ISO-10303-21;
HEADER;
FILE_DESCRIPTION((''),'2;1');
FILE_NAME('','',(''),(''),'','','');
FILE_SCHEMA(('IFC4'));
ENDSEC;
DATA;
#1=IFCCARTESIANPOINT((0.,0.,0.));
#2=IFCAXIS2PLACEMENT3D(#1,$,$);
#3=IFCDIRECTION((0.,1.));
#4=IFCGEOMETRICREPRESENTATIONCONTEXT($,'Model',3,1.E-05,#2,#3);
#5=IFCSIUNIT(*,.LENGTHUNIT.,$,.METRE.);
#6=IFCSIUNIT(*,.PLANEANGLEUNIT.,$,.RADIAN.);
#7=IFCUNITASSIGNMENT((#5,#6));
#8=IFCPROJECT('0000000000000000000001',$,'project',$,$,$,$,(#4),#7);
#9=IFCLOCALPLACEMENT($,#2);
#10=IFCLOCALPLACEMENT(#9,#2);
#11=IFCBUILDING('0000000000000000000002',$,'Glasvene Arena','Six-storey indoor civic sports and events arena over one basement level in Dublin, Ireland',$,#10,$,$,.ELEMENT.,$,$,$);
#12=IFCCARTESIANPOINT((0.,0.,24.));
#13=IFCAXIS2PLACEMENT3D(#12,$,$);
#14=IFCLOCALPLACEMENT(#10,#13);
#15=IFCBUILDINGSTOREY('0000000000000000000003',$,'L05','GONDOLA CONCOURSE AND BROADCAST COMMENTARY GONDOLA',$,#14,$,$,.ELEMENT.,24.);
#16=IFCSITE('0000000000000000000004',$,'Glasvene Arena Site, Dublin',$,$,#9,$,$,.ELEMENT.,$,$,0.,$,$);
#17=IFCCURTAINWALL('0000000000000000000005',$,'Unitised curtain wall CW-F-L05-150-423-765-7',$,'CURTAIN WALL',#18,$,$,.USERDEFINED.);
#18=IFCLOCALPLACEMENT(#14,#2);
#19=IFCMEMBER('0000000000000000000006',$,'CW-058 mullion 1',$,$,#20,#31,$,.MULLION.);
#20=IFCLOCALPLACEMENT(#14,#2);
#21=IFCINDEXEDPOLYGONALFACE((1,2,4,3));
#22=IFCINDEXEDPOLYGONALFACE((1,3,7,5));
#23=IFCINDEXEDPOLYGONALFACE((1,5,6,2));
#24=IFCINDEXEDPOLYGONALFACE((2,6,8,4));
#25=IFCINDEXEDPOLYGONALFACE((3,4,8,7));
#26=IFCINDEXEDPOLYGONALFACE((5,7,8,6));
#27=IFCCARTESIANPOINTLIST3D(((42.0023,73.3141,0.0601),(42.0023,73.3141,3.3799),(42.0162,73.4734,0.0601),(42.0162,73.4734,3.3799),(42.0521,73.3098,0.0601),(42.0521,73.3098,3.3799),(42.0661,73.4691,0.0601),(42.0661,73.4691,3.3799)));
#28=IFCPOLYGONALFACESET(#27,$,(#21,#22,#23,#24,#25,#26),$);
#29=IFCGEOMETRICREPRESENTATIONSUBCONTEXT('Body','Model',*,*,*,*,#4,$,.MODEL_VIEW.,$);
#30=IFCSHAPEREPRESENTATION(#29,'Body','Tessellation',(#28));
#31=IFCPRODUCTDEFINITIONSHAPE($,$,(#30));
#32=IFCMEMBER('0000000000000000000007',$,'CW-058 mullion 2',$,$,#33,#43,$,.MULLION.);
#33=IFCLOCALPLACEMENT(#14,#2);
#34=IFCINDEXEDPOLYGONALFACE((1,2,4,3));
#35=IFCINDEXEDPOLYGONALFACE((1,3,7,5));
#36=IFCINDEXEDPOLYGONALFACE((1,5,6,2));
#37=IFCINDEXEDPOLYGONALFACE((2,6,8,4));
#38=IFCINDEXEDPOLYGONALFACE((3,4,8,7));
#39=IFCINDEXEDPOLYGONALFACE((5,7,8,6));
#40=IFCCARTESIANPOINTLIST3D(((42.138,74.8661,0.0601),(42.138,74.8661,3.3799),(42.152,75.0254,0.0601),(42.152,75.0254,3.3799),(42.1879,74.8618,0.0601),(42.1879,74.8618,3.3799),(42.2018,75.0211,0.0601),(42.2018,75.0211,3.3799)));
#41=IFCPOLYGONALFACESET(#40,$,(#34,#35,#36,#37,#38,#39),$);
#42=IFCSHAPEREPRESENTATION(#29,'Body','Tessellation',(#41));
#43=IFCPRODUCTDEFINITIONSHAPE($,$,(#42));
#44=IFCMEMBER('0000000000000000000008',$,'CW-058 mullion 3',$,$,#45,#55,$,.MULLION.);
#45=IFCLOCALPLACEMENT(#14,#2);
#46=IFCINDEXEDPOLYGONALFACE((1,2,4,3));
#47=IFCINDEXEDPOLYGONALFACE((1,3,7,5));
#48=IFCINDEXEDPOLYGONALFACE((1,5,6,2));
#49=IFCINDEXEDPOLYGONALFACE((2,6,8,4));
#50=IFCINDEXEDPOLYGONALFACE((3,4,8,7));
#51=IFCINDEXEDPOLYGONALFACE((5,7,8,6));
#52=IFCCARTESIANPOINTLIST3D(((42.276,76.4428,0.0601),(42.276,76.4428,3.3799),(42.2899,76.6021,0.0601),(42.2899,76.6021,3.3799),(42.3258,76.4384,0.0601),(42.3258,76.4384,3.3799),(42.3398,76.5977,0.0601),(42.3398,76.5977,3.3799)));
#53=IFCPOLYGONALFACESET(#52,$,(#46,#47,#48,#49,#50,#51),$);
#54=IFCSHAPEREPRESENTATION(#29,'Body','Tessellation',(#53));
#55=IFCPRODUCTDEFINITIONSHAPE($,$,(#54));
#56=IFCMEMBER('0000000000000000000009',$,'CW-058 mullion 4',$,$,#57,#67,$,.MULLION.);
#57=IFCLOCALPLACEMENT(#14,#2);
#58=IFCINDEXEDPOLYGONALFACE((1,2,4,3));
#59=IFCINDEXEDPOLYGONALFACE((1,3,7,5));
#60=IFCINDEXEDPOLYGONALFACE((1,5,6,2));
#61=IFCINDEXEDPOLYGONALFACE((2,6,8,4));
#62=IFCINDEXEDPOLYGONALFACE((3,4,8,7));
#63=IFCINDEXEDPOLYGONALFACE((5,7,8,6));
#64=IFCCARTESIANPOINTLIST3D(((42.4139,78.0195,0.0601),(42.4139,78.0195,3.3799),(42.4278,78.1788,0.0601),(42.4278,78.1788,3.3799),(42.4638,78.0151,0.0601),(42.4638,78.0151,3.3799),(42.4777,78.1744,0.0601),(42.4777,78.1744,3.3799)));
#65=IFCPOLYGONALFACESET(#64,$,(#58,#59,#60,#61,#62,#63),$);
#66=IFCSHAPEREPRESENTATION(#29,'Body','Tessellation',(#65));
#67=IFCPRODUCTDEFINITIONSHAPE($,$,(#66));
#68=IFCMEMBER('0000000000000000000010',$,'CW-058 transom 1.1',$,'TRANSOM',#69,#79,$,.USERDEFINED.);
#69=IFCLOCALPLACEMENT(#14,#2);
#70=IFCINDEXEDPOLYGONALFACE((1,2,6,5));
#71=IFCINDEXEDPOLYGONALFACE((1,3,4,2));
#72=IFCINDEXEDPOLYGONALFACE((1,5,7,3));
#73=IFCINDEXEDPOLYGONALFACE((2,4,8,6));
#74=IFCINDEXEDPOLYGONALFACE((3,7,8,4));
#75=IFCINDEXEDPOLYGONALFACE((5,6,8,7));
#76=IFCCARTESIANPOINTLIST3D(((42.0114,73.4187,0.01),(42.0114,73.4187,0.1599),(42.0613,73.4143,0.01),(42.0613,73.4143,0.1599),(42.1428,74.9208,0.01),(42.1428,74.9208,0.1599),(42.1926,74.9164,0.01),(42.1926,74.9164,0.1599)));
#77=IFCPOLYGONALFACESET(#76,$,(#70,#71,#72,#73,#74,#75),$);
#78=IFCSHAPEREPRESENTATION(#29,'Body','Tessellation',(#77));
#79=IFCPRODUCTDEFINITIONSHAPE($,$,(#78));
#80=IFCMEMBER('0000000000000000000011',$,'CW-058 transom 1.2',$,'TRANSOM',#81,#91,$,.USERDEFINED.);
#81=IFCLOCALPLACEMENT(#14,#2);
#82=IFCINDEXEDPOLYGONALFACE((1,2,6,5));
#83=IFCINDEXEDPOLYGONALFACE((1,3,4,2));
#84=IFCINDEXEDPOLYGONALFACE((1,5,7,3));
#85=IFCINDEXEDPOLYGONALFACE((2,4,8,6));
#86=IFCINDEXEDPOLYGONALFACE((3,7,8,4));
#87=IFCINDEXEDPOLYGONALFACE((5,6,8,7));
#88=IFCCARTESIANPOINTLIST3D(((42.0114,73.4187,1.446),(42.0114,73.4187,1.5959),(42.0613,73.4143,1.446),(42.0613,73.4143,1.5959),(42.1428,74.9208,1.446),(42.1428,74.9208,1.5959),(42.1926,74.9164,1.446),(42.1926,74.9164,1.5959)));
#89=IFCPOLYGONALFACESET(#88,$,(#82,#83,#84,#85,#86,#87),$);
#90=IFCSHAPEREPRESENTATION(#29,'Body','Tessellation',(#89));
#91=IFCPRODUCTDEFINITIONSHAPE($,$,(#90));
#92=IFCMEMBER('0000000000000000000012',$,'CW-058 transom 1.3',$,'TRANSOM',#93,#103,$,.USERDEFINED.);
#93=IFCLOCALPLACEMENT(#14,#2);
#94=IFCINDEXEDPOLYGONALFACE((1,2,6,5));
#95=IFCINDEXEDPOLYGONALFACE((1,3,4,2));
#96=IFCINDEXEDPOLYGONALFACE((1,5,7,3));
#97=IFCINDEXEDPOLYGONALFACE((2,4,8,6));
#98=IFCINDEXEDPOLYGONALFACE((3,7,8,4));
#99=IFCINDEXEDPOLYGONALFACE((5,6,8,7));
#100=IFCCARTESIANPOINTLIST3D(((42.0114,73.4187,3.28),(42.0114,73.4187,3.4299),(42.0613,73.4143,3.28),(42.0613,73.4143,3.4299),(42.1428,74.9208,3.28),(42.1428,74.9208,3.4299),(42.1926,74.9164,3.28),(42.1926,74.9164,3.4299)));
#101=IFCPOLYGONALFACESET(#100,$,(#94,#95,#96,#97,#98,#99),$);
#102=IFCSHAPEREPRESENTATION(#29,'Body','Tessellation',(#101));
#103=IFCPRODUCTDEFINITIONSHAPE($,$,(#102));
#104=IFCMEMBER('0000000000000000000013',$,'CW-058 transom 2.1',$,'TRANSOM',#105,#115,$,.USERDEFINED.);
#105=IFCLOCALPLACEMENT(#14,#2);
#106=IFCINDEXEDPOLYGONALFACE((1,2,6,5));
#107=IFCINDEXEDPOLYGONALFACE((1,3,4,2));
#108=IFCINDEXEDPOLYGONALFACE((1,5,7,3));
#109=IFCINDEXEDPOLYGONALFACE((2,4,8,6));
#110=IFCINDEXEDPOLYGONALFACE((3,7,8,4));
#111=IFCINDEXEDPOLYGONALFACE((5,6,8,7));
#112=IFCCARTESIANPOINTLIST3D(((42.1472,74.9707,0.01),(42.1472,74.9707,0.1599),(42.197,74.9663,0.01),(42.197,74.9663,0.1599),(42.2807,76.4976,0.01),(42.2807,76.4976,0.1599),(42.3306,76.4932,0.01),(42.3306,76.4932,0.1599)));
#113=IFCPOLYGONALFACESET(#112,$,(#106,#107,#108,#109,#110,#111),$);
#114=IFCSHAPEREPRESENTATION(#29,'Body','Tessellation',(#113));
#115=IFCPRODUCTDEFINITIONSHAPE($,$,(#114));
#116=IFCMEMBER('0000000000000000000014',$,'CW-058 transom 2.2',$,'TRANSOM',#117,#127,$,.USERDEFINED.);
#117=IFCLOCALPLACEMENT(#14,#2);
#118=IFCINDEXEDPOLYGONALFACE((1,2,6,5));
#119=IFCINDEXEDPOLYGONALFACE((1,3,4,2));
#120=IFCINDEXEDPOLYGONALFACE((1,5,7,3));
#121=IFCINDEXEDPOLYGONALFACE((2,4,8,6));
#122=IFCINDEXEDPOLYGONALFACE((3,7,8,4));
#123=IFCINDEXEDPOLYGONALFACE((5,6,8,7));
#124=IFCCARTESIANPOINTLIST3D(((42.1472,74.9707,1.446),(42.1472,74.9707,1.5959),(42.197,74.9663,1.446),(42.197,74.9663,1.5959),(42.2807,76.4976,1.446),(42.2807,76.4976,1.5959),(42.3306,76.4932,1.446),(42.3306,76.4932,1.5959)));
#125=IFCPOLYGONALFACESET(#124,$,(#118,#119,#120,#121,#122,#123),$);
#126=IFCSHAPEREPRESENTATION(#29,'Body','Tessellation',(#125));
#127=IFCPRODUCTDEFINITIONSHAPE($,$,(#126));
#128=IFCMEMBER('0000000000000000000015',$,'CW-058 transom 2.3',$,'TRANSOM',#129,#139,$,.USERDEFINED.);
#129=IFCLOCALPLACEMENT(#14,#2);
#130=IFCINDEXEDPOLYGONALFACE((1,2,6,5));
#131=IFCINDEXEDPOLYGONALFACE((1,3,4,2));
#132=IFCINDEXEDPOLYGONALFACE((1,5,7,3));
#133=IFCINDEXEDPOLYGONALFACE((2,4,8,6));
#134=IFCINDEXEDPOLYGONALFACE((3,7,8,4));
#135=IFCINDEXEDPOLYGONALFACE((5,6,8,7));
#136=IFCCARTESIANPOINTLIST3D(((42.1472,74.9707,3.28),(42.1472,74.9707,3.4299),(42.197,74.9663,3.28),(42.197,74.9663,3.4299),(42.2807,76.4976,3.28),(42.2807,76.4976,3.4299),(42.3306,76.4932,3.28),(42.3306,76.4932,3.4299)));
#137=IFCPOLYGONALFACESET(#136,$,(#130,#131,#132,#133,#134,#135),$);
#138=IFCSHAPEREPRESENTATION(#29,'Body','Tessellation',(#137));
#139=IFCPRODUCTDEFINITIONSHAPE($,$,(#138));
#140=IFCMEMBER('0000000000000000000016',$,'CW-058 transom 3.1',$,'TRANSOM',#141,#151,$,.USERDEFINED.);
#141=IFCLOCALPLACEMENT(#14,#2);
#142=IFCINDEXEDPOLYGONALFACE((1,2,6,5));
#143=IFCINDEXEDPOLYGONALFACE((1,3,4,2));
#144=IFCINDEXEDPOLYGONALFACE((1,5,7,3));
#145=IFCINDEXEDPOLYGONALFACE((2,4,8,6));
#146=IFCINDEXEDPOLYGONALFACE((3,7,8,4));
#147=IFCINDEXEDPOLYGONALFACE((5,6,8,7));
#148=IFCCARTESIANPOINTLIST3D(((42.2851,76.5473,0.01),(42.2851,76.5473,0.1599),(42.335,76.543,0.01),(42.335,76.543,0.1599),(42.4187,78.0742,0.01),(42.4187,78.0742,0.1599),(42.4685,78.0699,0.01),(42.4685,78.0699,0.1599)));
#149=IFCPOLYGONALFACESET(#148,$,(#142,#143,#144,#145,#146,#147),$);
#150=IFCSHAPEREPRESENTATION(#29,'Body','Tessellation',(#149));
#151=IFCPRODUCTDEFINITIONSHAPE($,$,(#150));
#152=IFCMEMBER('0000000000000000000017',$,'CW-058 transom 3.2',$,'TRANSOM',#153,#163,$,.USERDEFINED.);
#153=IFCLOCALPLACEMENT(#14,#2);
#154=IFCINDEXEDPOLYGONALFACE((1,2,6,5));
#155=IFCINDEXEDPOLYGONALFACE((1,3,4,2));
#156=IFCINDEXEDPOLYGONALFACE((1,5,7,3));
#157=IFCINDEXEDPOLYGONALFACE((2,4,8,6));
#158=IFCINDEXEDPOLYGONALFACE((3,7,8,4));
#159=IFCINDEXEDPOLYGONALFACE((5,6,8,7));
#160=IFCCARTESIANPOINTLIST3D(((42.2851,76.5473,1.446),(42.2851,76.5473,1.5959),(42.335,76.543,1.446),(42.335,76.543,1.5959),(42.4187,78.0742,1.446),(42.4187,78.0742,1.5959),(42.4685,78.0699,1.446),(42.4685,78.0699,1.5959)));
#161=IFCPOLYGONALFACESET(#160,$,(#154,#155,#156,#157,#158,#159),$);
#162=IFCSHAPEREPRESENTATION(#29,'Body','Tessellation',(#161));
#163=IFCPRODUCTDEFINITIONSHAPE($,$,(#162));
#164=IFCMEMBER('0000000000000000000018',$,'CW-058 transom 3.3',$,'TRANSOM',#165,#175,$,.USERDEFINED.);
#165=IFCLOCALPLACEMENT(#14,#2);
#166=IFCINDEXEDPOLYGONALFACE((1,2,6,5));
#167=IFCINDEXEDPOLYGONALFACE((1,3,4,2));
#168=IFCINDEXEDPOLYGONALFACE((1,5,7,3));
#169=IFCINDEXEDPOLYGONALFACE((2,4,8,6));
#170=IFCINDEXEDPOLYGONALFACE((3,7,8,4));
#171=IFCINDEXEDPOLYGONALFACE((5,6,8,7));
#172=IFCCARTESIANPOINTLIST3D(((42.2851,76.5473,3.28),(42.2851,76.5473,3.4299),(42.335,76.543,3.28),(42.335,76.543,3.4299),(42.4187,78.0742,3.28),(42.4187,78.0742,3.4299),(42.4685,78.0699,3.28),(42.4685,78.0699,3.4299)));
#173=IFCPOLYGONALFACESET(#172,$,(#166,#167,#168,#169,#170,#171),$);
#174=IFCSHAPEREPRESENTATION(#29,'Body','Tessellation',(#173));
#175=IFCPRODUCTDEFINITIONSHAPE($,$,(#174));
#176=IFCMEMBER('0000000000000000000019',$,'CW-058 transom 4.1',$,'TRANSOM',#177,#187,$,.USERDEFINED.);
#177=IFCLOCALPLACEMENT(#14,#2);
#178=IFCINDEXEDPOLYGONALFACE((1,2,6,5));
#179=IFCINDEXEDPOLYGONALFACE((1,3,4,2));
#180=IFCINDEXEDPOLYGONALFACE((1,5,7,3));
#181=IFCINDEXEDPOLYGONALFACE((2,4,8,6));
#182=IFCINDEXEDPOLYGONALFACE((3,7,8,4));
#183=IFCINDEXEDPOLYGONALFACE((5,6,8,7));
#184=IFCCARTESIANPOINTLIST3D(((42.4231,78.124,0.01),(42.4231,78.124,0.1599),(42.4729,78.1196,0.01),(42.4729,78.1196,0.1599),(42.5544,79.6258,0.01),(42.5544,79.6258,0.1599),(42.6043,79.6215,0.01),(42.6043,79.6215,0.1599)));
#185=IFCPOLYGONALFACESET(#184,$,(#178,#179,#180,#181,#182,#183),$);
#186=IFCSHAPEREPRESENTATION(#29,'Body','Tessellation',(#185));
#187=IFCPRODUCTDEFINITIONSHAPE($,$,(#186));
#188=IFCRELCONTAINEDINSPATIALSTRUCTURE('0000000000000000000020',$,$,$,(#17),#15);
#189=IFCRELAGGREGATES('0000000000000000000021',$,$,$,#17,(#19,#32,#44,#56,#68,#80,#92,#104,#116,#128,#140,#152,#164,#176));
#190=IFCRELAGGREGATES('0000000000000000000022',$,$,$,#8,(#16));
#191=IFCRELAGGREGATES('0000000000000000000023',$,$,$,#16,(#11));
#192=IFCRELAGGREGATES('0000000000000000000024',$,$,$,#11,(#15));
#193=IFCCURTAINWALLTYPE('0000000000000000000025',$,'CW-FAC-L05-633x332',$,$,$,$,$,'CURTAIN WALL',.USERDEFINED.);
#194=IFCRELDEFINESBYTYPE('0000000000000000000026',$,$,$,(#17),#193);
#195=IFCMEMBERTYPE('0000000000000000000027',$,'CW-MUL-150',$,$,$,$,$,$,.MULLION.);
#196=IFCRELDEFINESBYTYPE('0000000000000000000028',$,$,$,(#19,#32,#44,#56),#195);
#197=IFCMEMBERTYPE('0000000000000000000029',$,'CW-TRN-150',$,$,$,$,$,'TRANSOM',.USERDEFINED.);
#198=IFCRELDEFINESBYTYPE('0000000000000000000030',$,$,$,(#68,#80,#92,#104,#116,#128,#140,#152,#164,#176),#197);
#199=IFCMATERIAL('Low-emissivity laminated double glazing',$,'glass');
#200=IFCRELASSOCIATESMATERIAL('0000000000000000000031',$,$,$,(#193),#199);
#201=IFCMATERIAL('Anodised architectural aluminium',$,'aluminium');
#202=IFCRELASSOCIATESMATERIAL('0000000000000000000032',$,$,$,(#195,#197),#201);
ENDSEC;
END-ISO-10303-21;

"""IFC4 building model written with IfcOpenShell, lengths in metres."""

from ifc_helpers import new_model, si_unit, direction, frame, origin, origin_2d, place, context, subcontext, project, spatial, rectangle, extrude, material, material_profile, profile_set, type_object, element, aggregate, save


model = new_model("IFC4")

# Units and contexts
model_context = context("Model", 3, precision=1e-05, world=origin(), true_north=direction((0.0, 1.0)))
body_context = subcontext(model_context, "Body", "Model", "MODEL_VIEW")
ifc_project = project(units=[si_unit("LENGTHUNIT", "METRE"), si_unit("PLANEANGLEUNIT", "RADIAN")], contexts=[model_context])

# Site, building, storey
site_placement = place(None, origin())
site = spatial("IfcSite", under=ifc_project, at=site_placement, Name="Glasvene Arena Site, Dublin", CompositionType="ELEMENT", RefElevation=0.0)
building_placement = place(site_placement, origin())
building = spatial("IfcBuilding", under=site, at=building_placement, Name="Glasvene Arena", Description="Six-storey indoor civic sports and events arena over one basement level in Dublin, Ireland", CompositionType="ELEMENT")
storey_placement = place(building_placement, frame((0.0, 0.0, 24.0)))
storey = spatial("IfcBuildingStorey", under=building, at=storey_placement, Name="L05", Description="GONDOLA CONCOURSE AND BROADCAST COMMENTARY GONDOLA", CompositionType="ELEMENT", Elevation=24.0)

# Curtain wall, members
ifc_material_1 = material(Name="Low-emissivity laminated double glazing", Category="glass")
curtain_wall_type = type_object("IfcCurtainWallType", Name="CW-FAC-L05-633x332", ElementType="CURTAIN WALL", PredefinedType="USERDEFINED", material=ifc_material_1)
curtain_wall_placement = place(storey_placement, frame((42.032, 73.3667, 0.0)))
curtain_wall = element("IfcCurtainWall", 1, at=curtain_wall_placement, inside=storey, type_object=curtain_wall_type, Name="Unitised curtain wall CW-F-L05-150-423-765-7", ObjectType="CURTAIN WALL", PredefinedType="USERDEFINED")
ifc_material_2 = material(Name="Anodised architectural aluminium", Category="aluminium")
ifc_material_profile_1 = material_profile(ifc_material_2, rectangle(XDim=0.05, YDim=0.1599, at=origin_2d()), Name="ALU MULLION 50x160")
ifc_profile_set_1 = profile_set([ifc_material_profile_1], Name="Anodised architectural aluminium")
member_type_1 = type_object("IfcMemberType", Name="CW-MUL-150", PredefinedType="MULLION", material=ifc_profile_set_1)
member_1_placement = place(storey_placement, frame((42.0342, 73.3916, 0.0601), z_axis=(0.0, 0.0, 1.0), x_axis=(-0.996198, 0.087113, 0.0)))
member_1 = element("IfcMember", 2, at=member_1_placement, type_object=member_type_1, Name="CW-058 mullion 1", PredefinedType="MULLION", context=body_context, shape_type="SweptSolid", body=[
    extrude(rectangle(XDim=0.05, YDim=0.1599, at=origin_2d()), origin(), (0.0, 0.0, 1.0), 3.3198),
])
member_2_placement = place(storey_placement, frame((42.1699, 74.9436, 0.0601), z_axis=(0.0, 0.0, 1.0), x_axis=(-0.996198, 0.087113, 0.0)))
member_2 = element("IfcMember", 3, at=member_2_placement, type_object=member_type_1, Name="CW-058 mullion 2", PredefinedType="MULLION", context=body_context, shape_type="SweptSolid", body=[
    extrude(rectangle(XDim=0.05, YDim=0.1599, at=origin_2d()), origin(), (0.0, 0.0, 1.0), 3.3198),
])
member_3_placement = place(storey_placement, frame((42.3079, 76.5203, 0.0601), z_axis=(0.0, 0.0, 1.0), x_axis=(-0.996198, 0.087113, 0.0)))
member_3 = element("IfcMember", 4, at=member_3_placement, type_object=member_type_1, Name="CW-058 mullion 3", PredefinedType="MULLION", context=body_context, shape_type="SweptSolid", body=[
    extrude(rectangle(XDim=0.05, YDim=0.1599, at=origin_2d()), origin(), (0.0, 0.0, 1.0), 3.3198),
])
member_4_placement = place(storey_placement, frame((42.4458, 78.0969, 0.0601), z_axis=(0.0, 0.0, 1.0), x_axis=(-0.996198, 0.087113, 0.0)))
member_4 = element("IfcMember", 5, at=member_4_placement, type_object=member_type_1, Name="CW-058 mullion 4", PredefinedType="MULLION", context=body_context, shape_type="SweptSolid", body=[
    extrude(rectangle(XDim=0.05, YDim=0.1599, at=origin_2d()), origin(), (0.0, 0.0, 1.0), 3.3198),
])
ifc_material_profile_2 = material_profile(ifc_material_2, rectangle(XDim=0.05, YDim=0.1499, at=origin_2d()), Name="ALU TRANSOM 50x150")
ifc_profile_set_2 = profile_set([ifc_material_profile_2], Name="Anodised architectural aluminium")
member_type_2 = type_object("IfcMemberType", Name="CW-TRN-150", ElementType="TRANSOM", PredefinedType="USERDEFINED", material=ifc_profile_set_2)
member_5_placement = place(storey_placement, frame((42.0364, 73.4165, 0.085), z_axis=(0.087105, 0.996199, 0.0), x_axis=(-0.996199, 0.087105, 0.0)))
member_5 = element("IfcMember", 6, at=member_5_placement, type_object=member_type_2, Name="CW-058 transom 1.1", ObjectType="TRANSOM", PredefinedType="USERDEFINED", context=body_context, shape_type="SweptSolid", body=[
    extrude(rectangle(XDim=0.05, YDim=0.1499, at=origin_2d()), origin(), (0.0, 0.0, 1.0), 1.5078),
])
member_6_placement = place(storey_placement, frame((42.0364, 73.4165, 1.521), z_axis=(0.087105, 0.996199, 0.0), x_axis=(-0.996199, 0.087105, 0.0)))
member_6 = element("IfcMember", 7, at=member_6_placement, type_object=member_type_2, Name="CW-058 transom 1.2", ObjectType="TRANSOM", PredefinedType="USERDEFINED", context=body_context, shape_type="SweptSolid", body=[
    extrude(rectangle(XDim=0.05, YDim=0.1499, at=origin_2d()), origin(), (0.0, 0.0, 1.0), 1.5078),
])
member_7_placement = place(storey_placement, frame((42.0364, 73.4165, 3.355), z_axis=(0.087105, 0.996199, 0.0), x_axis=(-0.996199, 0.087105, 0.0)))
member_7 = element("IfcMember", 8, at=member_7_placement, type_object=member_type_2, Name="CW-058 transom 1.3", ObjectType="TRANSOM", PredefinedType="USERDEFINED", context=body_context, shape_type="SweptSolid", body=[
    extrude(rectangle(XDim=0.05, YDim=0.1499, at=origin_2d()), origin(), (0.0, 0.0, 1.0), 1.5078),
])
member_8_placement = place(storey_placement, frame((42.1721, 74.9685, 0.085), z_axis=(0.087131, 0.996197, 0.0), x_axis=(-0.996197, 0.087131, 0.0)))
member_8 = element("IfcMember", 9, at=member_8_placement, type_object=member_type_2, Name="CW-058 transom 2.1", ObjectType="TRANSOM", PredefinedType="USERDEFINED", context=body_context, shape_type="SweptSolid", body=[
    extrude(rectangle(XDim=0.05, YDim=0.1499, at=origin_2d()), origin(), (0.0, 0.0, 1.0), 1.5327),
])
member_9_placement = place(storey_placement, frame((42.1721, 74.9685, 1.521), z_axis=(0.087131, 0.996197, 0.0), x_axis=(-0.996197, 0.087131, 0.0)))
member_9 = element("IfcMember", 10, at=member_9_placement, type_object=member_type_2, Name="CW-058 transom 2.2", ObjectType="TRANSOM", PredefinedType="USERDEFINED", context=body_context, shape_type="SweptSolid", body=[
    extrude(rectangle(XDim=0.05, YDim=0.1499, at=origin_2d()), origin(), (0.0, 0.0, 1.0), 1.5327),
])
member_10_placement = place(storey_placement, frame((42.1721, 74.9685, 3.355), z_axis=(0.087131, 0.996197, 0.0), x_axis=(-0.996197, 0.087131, 0.0)))
member_10 = element("IfcMember", 11, at=member_10_placement, type_object=member_type_2, Name="CW-058 transom 2.3", ObjectType="TRANSOM", PredefinedType="USERDEFINED", context=body_context, shape_type="SweptSolid", body=[
    extrude(rectangle(XDim=0.05, YDim=0.1499, at=origin_2d()), origin(), (0.0, 0.0, 1.0), 1.5327),
])
member_11_placement = place(storey_placement, frame((42.3101, 76.5452, 0.085), z_axis=(0.087131, 0.996197, 0.0), x_axis=(-0.996197, 0.087131, 0.0)))
member_11 = element("IfcMember", 12, at=member_11_placement, type_object=member_type_2, Name="CW-058 transom 3.1", ObjectType="TRANSOM", PredefinedType="USERDEFINED", context=body_context, shape_type="SweptSolid", body=[
    extrude(rectangle(XDim=0.05, YDim=0.1499, at=origin_2d()), origin(), (0.0, 0.0, 1.0), 1.5327),
])
member_12_placement = place(storey_placement, frame((42.3101, 76.5452, 1.521), z_axis=(0.087131, 0.996197, 0.0), x_axis=(-0.996197, 0.087131, 0.0)))
member_12 = element("IfcMember", 13, at=member_12_placement, type_object=member_type_2, Name="CW-058 transom 3.2", ObjectType="TRANSOM", PredefinedType="USERDEFINED", context=body_context, shape_type="SweptSolid", body=[
    extrude(rectangle(XDim=0.05, YDim=0.1499, at=origin_2d()), origin(), (0.0, 0.0, 1.0), 1.5327),
])
member_13_placement = place(storey_placement, frame((42.3101, 76.5452, 3.355), z_axis=(0.087131, 0.996197, 0.0), x_axis=(-0.996197, 0.087131, 0.0)))
member_13 = element("IfcMember", 14, at=member_13_placement, type_object=member_type_2, Name="CW-058 transom 3.3", ObjectType="TRANSOM", PredefinedType="USERDEFINED", context=body_context, shape_type="SweptSolid", body=[
    extrude(rectangle(XDim=0.05, YDim=0.1499, at=origin_2d()), origin(), (0.0, 0.0, 1.0), 1.5327),
])
member_14_placement = place(storey_placement, frame((42.448, 78.1218, 0.085), z_axis=(0.087119, 0.996198, 0.0), x_axis=(-0.996198, 0.087119, 0.0)))
member_14 = element("IfcMember", 15, at=member_14_placement, type_object=member_type_2, Name="CW-058 transom 4.1", ObjectType="TRANSOM", PredefinedType="USERDEFINED", context=body_context, shape_type="SweptSolid", body=[
    extrude(rectangle(XDim=0.05, YDim=0.1499, at=origin_2d()), origin(), (0.0, 0.0, 1.0), 1.5076),
])
aggregate(curtain_wall, [member_1, member_2, member_3, member_4, member_5, member_6, member_7, member_8, member_9, member_10, member_11, member_12, member_13, member_14])

save(model, "model.ifc")
